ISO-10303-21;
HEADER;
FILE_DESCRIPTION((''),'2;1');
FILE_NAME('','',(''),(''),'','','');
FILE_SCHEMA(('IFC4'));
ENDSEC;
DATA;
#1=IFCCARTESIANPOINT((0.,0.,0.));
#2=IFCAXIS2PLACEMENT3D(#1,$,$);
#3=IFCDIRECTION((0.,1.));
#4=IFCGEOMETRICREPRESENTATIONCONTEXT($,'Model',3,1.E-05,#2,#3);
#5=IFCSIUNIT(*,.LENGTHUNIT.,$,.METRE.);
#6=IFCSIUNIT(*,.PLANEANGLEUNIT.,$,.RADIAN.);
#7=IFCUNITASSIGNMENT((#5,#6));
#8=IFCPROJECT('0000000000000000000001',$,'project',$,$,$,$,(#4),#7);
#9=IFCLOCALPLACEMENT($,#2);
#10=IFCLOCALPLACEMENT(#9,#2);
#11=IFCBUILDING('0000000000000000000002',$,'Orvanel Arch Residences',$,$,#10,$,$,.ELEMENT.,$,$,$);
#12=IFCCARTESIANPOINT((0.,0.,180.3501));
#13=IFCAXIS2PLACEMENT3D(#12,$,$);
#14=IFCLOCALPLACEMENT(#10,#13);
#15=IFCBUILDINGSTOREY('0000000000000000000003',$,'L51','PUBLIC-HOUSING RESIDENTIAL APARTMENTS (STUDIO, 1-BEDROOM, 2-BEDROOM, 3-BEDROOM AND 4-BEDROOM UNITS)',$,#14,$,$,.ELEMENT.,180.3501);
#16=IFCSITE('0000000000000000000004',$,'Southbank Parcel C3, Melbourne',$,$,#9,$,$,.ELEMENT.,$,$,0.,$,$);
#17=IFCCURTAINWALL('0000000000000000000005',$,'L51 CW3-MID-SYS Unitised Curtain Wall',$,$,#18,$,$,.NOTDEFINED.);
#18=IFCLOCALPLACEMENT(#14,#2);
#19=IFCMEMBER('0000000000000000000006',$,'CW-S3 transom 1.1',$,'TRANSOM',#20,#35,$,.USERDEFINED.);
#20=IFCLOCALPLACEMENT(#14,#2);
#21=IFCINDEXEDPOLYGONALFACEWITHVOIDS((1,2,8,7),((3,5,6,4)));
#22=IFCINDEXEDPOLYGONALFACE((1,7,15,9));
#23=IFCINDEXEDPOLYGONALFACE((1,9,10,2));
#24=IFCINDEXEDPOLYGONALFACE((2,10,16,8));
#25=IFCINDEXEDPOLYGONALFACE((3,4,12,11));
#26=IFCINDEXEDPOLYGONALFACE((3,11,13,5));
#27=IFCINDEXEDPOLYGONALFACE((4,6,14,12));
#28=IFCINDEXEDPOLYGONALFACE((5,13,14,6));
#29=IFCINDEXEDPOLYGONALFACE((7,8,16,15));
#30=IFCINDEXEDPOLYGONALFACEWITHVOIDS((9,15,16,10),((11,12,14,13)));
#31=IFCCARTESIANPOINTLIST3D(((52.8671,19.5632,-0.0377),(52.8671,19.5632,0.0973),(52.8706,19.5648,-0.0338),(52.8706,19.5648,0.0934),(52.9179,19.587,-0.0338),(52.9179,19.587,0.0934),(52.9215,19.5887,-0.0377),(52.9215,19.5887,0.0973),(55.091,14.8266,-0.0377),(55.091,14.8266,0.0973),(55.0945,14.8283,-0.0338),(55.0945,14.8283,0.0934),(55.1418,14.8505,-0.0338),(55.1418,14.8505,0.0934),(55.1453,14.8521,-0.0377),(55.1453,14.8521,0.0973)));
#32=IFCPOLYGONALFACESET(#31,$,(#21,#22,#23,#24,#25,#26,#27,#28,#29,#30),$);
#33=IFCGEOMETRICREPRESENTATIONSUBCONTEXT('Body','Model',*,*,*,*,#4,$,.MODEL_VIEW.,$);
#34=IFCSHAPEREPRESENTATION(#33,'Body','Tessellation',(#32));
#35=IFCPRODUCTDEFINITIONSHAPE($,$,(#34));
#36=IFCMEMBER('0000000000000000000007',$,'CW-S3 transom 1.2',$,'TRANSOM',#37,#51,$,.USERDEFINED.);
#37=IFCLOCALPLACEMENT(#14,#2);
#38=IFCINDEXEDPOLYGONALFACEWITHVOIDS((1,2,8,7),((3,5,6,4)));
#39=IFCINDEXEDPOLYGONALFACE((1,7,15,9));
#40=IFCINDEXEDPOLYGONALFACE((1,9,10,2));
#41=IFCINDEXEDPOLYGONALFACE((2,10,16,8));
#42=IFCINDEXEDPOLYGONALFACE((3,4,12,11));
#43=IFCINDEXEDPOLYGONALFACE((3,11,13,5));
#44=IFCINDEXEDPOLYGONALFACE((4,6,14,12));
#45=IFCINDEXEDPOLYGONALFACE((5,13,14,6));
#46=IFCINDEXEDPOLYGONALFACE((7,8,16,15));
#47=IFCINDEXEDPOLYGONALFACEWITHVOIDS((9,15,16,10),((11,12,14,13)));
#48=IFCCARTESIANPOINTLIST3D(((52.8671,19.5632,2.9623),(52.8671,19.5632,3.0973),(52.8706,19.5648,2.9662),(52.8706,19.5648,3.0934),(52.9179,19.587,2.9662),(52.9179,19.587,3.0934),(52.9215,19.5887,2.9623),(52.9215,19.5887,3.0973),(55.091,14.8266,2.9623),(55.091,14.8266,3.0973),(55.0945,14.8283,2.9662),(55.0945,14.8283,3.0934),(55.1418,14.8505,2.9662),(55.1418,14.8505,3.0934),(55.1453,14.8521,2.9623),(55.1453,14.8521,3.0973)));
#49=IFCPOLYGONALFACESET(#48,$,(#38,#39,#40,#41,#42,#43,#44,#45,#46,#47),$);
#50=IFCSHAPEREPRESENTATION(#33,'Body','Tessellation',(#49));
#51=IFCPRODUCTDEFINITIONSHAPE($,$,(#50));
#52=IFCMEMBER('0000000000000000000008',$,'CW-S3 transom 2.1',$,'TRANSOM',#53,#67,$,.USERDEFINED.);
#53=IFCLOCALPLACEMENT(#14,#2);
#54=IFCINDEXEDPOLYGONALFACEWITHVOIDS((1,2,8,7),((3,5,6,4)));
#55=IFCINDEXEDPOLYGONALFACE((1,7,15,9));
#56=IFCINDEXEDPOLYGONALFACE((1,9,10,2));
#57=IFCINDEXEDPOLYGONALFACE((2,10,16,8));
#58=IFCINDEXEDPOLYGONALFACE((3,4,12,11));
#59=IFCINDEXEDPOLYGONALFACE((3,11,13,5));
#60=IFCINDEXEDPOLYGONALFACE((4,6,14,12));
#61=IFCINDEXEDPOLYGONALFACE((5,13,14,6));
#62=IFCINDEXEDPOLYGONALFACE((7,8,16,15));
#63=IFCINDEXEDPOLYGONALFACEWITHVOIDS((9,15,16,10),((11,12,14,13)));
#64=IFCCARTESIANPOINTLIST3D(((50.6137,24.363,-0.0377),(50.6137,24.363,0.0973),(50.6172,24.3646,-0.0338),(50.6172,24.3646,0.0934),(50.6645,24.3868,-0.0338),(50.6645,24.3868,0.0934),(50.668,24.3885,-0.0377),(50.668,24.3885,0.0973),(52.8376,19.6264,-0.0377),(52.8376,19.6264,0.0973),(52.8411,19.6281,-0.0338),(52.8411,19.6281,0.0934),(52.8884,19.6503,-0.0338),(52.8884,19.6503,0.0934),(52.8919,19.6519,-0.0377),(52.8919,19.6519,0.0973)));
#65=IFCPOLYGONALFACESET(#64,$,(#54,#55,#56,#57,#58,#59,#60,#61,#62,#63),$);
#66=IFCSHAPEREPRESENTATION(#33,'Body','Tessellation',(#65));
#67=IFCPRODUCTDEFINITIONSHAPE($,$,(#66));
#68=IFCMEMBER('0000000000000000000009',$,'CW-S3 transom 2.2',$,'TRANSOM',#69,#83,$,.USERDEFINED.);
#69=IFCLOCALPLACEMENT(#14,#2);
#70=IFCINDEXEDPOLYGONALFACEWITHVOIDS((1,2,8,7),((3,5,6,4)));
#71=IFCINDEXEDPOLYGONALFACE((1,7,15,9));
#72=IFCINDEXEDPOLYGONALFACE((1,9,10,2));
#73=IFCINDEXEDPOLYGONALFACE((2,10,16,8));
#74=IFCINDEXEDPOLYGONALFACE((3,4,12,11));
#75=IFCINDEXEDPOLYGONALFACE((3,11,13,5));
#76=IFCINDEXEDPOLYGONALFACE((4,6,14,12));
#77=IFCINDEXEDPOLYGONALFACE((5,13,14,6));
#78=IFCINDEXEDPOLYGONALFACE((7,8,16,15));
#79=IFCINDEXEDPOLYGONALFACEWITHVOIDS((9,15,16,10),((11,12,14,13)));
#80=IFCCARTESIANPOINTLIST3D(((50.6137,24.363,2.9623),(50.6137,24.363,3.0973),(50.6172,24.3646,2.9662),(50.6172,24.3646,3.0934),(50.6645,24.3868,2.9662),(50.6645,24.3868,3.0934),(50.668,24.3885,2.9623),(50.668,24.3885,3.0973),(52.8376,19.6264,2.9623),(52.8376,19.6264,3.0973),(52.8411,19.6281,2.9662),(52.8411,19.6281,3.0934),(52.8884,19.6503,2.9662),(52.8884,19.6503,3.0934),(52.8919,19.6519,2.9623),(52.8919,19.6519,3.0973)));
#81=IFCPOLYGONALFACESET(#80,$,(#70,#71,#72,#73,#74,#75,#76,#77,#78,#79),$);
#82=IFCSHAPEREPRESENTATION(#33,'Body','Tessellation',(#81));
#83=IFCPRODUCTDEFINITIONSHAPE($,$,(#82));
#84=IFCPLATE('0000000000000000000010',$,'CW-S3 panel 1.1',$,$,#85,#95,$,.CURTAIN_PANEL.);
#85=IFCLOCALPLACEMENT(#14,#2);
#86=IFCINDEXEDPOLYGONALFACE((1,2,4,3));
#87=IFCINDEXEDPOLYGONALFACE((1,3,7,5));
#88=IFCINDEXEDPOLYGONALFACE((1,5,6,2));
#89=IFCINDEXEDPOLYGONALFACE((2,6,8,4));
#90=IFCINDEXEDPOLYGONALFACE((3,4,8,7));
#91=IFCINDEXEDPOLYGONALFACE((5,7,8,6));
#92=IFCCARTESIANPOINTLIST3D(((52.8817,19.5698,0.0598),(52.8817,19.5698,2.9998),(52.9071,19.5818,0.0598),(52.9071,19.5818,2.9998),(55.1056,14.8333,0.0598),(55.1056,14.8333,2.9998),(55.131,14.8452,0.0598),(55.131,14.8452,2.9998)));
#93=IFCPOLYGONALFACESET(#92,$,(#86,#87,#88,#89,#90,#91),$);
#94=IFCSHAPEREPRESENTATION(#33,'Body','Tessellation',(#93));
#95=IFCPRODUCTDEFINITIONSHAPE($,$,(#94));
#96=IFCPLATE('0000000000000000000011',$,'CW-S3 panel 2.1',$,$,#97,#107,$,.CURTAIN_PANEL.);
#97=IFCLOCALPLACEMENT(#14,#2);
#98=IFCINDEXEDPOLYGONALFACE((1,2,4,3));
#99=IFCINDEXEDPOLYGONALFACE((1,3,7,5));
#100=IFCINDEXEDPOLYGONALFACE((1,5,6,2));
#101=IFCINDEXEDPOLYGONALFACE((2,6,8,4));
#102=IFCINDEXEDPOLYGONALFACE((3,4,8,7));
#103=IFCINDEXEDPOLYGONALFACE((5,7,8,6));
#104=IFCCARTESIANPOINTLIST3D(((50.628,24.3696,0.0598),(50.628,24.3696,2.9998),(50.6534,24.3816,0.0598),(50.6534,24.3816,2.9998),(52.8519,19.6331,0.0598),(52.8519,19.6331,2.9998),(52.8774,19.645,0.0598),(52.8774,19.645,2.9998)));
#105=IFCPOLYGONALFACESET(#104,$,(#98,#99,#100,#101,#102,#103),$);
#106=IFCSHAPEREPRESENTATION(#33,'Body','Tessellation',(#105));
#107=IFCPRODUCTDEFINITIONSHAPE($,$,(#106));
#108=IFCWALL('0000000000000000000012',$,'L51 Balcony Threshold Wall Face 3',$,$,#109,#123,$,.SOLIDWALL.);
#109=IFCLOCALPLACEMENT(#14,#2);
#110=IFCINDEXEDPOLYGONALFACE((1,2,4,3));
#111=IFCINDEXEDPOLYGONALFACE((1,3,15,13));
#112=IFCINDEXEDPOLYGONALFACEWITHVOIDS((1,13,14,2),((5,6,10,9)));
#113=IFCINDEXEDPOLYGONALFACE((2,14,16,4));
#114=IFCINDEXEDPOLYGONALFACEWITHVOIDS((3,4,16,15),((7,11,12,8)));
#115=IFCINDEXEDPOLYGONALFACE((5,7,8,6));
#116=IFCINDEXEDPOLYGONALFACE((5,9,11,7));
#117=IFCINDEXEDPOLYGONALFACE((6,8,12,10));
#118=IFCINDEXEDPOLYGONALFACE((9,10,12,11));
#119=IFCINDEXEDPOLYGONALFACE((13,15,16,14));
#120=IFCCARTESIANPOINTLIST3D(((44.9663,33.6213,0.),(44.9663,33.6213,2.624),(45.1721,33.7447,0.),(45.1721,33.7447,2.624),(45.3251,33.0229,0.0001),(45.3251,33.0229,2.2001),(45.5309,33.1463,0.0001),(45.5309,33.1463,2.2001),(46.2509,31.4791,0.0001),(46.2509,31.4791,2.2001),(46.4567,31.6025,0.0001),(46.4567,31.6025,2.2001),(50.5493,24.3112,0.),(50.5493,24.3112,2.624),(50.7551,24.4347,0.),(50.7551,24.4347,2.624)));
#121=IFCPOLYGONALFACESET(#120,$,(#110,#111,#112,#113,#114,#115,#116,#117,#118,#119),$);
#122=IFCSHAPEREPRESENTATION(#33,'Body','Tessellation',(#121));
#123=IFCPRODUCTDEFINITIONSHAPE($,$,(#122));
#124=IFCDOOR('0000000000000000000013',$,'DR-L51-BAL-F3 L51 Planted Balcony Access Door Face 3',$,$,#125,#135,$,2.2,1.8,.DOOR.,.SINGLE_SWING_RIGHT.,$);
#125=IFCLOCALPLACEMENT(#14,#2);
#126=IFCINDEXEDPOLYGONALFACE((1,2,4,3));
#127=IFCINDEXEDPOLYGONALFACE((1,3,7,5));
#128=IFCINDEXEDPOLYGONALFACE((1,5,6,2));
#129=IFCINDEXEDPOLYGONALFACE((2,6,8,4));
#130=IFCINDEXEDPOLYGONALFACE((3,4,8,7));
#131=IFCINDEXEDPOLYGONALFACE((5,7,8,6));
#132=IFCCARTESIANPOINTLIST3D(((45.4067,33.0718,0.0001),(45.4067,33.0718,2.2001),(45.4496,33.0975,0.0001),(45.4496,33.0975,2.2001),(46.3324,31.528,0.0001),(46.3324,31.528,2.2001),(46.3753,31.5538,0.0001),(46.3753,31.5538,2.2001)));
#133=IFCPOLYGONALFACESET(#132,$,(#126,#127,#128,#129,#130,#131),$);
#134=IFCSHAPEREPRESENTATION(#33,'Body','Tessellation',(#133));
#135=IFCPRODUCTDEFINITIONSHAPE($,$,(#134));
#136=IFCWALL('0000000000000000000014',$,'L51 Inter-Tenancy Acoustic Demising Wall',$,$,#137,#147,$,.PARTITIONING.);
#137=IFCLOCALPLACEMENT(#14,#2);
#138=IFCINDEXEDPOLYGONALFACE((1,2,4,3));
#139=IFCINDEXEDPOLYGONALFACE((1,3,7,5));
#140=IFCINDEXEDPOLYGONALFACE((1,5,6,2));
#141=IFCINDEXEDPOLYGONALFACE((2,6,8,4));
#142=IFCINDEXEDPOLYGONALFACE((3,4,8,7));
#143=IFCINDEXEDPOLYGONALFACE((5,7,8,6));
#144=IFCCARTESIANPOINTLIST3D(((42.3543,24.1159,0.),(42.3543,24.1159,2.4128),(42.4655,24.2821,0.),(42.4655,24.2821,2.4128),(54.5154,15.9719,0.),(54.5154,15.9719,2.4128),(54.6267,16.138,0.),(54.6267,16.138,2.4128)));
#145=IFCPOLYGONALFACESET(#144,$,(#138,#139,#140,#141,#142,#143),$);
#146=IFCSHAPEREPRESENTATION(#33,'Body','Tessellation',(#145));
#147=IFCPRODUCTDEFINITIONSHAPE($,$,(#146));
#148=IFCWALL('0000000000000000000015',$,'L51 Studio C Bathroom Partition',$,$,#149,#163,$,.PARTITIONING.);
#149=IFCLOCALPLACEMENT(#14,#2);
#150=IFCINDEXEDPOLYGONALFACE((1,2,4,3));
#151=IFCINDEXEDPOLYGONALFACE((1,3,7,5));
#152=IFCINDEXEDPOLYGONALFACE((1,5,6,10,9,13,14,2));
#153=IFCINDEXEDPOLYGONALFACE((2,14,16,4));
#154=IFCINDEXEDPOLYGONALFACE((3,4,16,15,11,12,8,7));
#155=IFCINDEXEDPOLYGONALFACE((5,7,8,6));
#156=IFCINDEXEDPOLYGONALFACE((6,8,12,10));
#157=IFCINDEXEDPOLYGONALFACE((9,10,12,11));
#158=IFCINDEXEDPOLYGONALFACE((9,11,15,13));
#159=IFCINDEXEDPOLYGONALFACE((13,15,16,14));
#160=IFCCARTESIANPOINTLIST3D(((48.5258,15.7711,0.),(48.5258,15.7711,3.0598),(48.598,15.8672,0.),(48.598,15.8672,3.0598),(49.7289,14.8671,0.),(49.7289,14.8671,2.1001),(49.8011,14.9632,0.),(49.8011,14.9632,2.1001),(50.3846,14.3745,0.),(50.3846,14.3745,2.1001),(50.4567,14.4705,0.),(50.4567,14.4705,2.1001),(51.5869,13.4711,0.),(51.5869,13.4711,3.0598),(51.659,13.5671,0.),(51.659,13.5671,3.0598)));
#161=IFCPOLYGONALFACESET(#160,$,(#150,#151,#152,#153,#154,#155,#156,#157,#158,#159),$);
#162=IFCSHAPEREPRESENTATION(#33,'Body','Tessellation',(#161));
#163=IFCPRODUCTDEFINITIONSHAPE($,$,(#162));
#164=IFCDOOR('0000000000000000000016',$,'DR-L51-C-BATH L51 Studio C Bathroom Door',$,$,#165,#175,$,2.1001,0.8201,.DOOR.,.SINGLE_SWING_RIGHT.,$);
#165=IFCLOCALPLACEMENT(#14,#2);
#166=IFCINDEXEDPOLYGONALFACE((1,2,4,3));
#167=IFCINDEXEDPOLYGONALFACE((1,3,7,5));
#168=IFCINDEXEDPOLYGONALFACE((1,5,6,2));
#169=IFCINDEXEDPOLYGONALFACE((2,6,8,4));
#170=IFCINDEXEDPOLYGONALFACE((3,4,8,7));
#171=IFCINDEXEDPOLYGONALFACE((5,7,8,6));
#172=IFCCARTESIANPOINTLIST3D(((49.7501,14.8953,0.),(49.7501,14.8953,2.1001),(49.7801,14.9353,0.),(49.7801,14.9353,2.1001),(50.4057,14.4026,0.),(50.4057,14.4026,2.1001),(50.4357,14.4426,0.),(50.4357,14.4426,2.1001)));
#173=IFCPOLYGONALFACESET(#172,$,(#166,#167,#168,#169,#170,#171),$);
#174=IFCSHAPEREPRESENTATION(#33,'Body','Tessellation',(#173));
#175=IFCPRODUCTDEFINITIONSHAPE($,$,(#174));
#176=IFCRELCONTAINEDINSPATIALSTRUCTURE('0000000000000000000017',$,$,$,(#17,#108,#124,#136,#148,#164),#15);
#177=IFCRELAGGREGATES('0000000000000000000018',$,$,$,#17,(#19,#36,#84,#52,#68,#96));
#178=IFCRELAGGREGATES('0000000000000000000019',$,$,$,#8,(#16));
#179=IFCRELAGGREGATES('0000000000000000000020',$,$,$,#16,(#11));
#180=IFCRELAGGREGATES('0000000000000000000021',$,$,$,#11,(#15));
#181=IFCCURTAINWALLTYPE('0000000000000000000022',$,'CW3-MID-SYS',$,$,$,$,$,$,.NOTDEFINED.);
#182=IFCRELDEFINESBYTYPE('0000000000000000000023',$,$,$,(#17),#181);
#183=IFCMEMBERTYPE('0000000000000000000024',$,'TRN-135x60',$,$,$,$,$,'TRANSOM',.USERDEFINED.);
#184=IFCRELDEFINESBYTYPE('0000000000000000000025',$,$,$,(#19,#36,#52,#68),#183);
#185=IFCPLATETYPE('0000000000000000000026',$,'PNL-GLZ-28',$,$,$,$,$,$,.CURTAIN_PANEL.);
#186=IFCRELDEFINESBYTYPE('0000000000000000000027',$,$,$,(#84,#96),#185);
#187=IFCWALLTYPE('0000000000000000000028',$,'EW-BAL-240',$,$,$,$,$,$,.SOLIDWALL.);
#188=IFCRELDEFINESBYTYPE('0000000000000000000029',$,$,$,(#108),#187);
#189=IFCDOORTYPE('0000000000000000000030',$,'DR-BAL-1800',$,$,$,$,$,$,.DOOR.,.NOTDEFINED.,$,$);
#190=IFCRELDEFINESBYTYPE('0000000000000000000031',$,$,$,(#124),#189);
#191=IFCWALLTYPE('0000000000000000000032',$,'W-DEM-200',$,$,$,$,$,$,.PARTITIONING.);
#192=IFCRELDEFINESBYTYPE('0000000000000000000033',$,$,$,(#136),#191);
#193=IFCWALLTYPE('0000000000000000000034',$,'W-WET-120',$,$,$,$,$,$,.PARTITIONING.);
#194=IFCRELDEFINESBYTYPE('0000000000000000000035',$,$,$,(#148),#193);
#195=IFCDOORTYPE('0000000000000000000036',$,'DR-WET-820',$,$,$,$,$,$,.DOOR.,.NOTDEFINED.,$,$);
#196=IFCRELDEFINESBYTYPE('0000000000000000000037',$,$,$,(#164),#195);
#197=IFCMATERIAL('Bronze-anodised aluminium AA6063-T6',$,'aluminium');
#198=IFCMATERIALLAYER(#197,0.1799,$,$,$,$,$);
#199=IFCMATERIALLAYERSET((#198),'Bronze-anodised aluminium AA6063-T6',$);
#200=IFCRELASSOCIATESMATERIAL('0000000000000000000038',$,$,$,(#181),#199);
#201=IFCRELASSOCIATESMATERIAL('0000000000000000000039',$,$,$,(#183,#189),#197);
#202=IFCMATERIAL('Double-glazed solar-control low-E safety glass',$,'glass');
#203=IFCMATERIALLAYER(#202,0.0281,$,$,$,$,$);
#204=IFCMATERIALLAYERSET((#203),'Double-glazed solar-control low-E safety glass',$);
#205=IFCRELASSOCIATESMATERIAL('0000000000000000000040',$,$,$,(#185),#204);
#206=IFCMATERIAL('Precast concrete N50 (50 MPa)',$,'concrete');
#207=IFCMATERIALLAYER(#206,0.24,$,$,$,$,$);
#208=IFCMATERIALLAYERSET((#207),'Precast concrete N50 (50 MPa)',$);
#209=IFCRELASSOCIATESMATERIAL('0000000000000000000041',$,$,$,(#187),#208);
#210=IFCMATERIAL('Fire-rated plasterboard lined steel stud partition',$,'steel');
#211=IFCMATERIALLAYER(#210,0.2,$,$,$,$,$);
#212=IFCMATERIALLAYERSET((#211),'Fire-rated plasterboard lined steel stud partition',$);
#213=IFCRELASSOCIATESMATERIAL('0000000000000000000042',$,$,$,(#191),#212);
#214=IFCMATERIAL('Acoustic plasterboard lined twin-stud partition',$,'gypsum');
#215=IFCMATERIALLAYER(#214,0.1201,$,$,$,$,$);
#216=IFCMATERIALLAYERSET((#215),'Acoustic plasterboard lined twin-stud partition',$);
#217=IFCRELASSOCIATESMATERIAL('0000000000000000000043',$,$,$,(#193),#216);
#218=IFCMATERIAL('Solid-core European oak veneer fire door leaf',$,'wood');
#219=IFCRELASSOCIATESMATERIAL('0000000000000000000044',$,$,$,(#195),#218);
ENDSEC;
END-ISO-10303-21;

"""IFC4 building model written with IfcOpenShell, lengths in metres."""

from ifc_helpers import new_model, si_unit, direction, frame, frame_2d, origin, origin_2d, place, context, subcontext, project, spatial, rectangle, hollow_rectangle, extrude, material, layer, layer_set, material_profile, profile_set, type_object, element, fill, aggregate, save


model = new_model("IFC4")

# Units and contexts
model_context = context("Model", 3, precision=1e-05, world=origin(), true_north=direction((0.0, 1.0)))
body_context = subcontext(model_context, "Body", "Model", "MODEL_VIEW")
ifc_project = project(units=[si_unit("LENGTHUNIT", "METRE"), si_unit("PLANEANGLEUNIT", "RADIAN")], contexts=[model_context])

# Site, building, storey
site_placement = place(None, origin())
site = spatial("IfcSite", under=ifc_project, at=site_placement, Name="Southbank Parcel C3, Melbourne", CompositionType="ELEMENT", RefElevation=0.0)
building_placement = place(site_placement, origin())
building = spatial("IfcBuilding", under=site, at=building_placement, Name="Orvanel Arch Residences", CompositionType="ELEMENT")
storey_placement = place(building_placement, frame((0.0, 0.0, 180.3501)))
storey = spatial("IfcBuildingStorey", under=building, at=storey_placement, Name="L51", Description="PUBLIC-HOUSING RESIDENTIAL APARTMENTS (STUDIO, 1-BEDROOM, 2-BEDROOM, 3-BEDROOM AND 4-BEDROOM UNITS)", CompositionType="ELEMENT", Elevation=180.3501)

# Shared definitions
ifc_material_1 = material(Name="Bronze-anodised aluminium AA6063-T6", Category="aluminium")

# Curtain wall
ifc_layer_1 = layer(ifc_material_1, 0.1799)
ifc_layer_set_1 = layer_set([ifc_layer_1], Name="Bronze-anodised aluminium AA6063-T6")
curtain_wall_type_1 = type_object("IfcCurtainWallType", Name="CW3-MID-SYS", PredefinedType="NOTDEFINED", material=ifc_layer_set_1)
curtain_wall_1_placement = place(storey_placement, origin())
curtain_wall_1 = element("IfcCurtainWall", 1, at=curtain_wall_1_placement, inside=storey, type_object=curtain_wall_type_1, Name="L51 CW3-MID-SYS Unitised Curtain Wall", PredefinedType="NOTDEFINED")

# Members
ifc_material_profile_1 = material_profile(ifc_material_1, hollow_rectangle(XDim=0.0601, YDim=0.135, WallThickness=0.0039, at=origin_2d()), Name="ALU135x60x4")
ifc_profile_set_1 = profile_set([ifc_material_profile_1], Name="Bronze-anodised aluminium AA6063-T6")
member_type_1 = type_object("IfcMemberType", Name="TRN-135x60", ElementType="TRANSOM", PredefinedType="USERDEFINED", material=ifc_profile_set_1)
member_1_placement = place(storey_placement, frame((55.1182, 14.8394, 0.0298), z_axis=(-0.424999, 0.905194, 0.0), x_axis=(-0.905194, -0.424999, 0.0)))
member_1 = element("IfcMember", 2, at=member_1_placement, type_object=member_type_1, Name="CW-S3 transom 1.1", ObjectType="TRANSOM", PredefinedType="USERDEFINED", context=body_context, shape_type="SweptSolid", body=[
    extrude(hollow_rectangle(XDim=0.0601, YDim=0.135, WallThickness=0.0039, at=origin_2d()), origin(), (0.0, 0.0, 1.0), 5.2327),
])
member_2_placement = place(storey_placement, frame((55.1182, 14.8394, 3.0298), z_axis=(-0.424999, 0.905194, 0.0), x_axis=(-0.905194, -0.424999, 0.0)))
member_2 = element("IfcMember", 3, at=member_2_placement, type_object=member_type_1, Name="CW-S3 transom 1.2", ObjectType="TRANSOM", PredefinedType="USERDEFINED", context=body_context, shape_type="SweptSolid", body=[
    extrude(hollow_rectangle(XDim=0.0601, YDim=0.135, WallThickness=0.0039, at=origin_2d()), origin(), (0.0, 0.0, 1.0), 5.2327),
])
member_3_placement = place(storey_placement, frame((52.8647, 19.6392, 0.0298), z_axis=(-0.424999, 0.905194, 0.0), x_axis=(-0.905194, -0.424999, 0.0)))
member_3 = element("IfcMember", 4, at=member_3_placement, type_object=member_type_1, Name="CW-S3 transom 2.1", ObjectType="TRANSOM", PredefinedType="USERDEFINED", context=body_context, shape_type="SweptSolid", body=[
    extrude(hollow_rectangle(XDim=0.0601, YDim=0.135, WallThickness=0.0039, at=origin_2d()), origin(), (0.0, 0.0, 1.0), 5.2327),
])
member_4_placement = place(storey_placement, frame((52.8647, 19.6392, 3.0298), z_axis=(-0.424999, 0.905194, 0.0), x_axis=(-0.905194, -0.424999, 0.0)))
member_4 = element("IfcMember", 5, at=member_4_placement, type_object=member_type_1, Name="CW-S3 transom 2.2", ObjectType="TRANSOM", PredefinedType="USERDEFINED", context=body_context, shape_type="SweptSolid", body=[
    extrude(hollow_rectangle(XDim=0.0601, YDim=0.135, WallThickness=0.0039, at=origin_2d()), origin(), (0.0, 0.0, 1.0), 5.2327),
])

# Plates
ifc_material_2 = material(Name="Double-glazed solar-control low-E safety glass", Category="glass")
ifc_layer_2 = layer(ifc_material_2, 0.0281)
ifc_layer_set_2 = layer_set([ifc_layer_2], Name="Double-glazed solar-control low-E safety glass")
plate_type = type_object("IfcPlateType", Name="PNL-GLZ-28", PredefinedType="CURTAIN_PANEL", material=ifc_layer_set_2)
plate_1_placement = place(storey_placement, frame((54.0063, 17.2075, 0.0598), z_axis=(0.0, 0.0, 1.0), x_axis=(-0.425007, 0.90519, 0.0)))
plate_1 = element("IfcPlate", 6, at=plate_1_placement, type_object=plate_type, Name="CW-S3 panel 1.1", PredefinedType="CURTAIN_PANEL", context=body_context, shape_type="SweptSolid", body=[
    extrude(rectangle(XDim=5.2327, YDim=0.0281, at=origin_2d()), origin(), (0.0, 0.0, 1.0), 2.9399),
])
plate_2_placement = place(storey_placement, frame((51.7527, 22.0073, 0.0598), z_axis=(0.0, 0.0, 1.0), x_axis=(-0.425007, 0.90519, 0.0)))
plate_2 = element("IfcPlate", 7, at=plate_2_placement, type_object=plate_type, Name="CW-S3 panel 2.1", PredefinedType="CURTAIN_PANEL", context=body_context, shape_type="SweptSolid", body=[
    extrude(rectangle(XDim=5.2327, YDim=0.0281, at=origin_2d()), origin(), (0.0, 0.0, 1.0), 2.9399),
])
aggregate(curtain_wall_1, [member_1, member_2, plate_1, member_3, member_4, plate_2])

# Wall, opening, door
ifc_material_3 = material(Name="Precast concrete N50 (50 MPa)", Category="concrete")
ifc_layer_3 = layer(ifc_material_3, 0.24)
ifc_layer_set_3 = layer_set([ifc_layer_3], Name="Precast concrete N50 (50 MPa)")
wall_type_1 = type_object("IfcWallType", Name="EW-BAL-240", PredefinedType="SOLIDWALL", material=ifc_layer_set_3)
wall_1_placement = place(storey_placement, frame((50.6521, 24.373, 0.0), z_axis=(0.0, 0.0, 1.0), x_axis=(-0.514291, 0.857616, 0.0)))
wall_1 = element("IfcWall", 8, at=wall_1_placement, inside=storey, type_object=wall_type_1, Name="L51 Balcony Threshold Wall Face 3", PredefinedType="SOLIDWALL", context=body_context, shape_type="SweptSolid", body=[
    extrude(rectangle(XDim=10.8557, YDim=0.24, at=frame_2d((5.4277, 0.0))), origin(), (0.0, 0.0, 1.0), 2.624),
])
opening_1_placement = place(wall_1_placement, frame((8.3579, 0.0, 0.0)))
opening_1 = element("IfcOpeningElement", 9, at=opening_1_placement, cuts=wall_1, PredefinedType="OPENING", context=body_context, shape_type="SweptSolid", body=[
    extrude(rectangle(XDim=1.8, YDim=2.2, at=frame_2d((0.8999, 1.1001))), frame((0.0, 0.1299, 0.0), z_axis=(0.0, -1.0, 0.0), x_axis=(1.0, 0.0, 0.0)), (0.0, 0.0, 1.0), 0.26),
])
door_type_1 = type_object("IfcDoorType", Name="DR-BAL-1800", OperationType="NOTDEFINED", PredefinedType="DOOR", material=ifc_material_1)
door_1_placement = place(opening_1_placement, origin())
door_1 = element("IfcDoor", 10, at=door_1_placement, inside=storey, type_object=door_type_1, Name="DR-L51-BAL-F3 L51 Planted Balcony Access Door Face 3", OperationType="SINGLE_SWING_RIGHT", OverallHeight=2.2, OverallWidth=1.8, PredefinedType="DOOR", context=body_context, shape_type="SweptSolid", body=[
    extrude(rectangle(XDim=1.8, YDim=2.2, at=frame_2d((0.8999, 1.1001))), frame((0.0, 0.0249, 0.0), z_axis=(0.0, -1.0, 0.0), x_axis=(1.0, 0.0, 0.0)), (0.0, 0.0, 1.0), 0.05),
])
fill(opening_1, door_1)

# Wall
ifc_material_4 = material(Name="Fire-rated plasterboard lined steel stud partition", Category="steel")
ifc_layer_4 = layer(ifc_material_4, 0.2)
ifc_layer_set_4 = layer_set([ifc_layer_4], Name="Fire-rated plasterboard lined steel stud partition")
wall_type_2 = type_object("IfcWallType", Name="W-DEM-200", PredefinedType="PARTITIONING", material=ifc_layer_set_4)
wall_2_placement = place(storey_placement, frame((54.571, 16.0549, 0.0), z_axis=(0.0, 0.0, 1.0), x_axis=(-0.830894, 0.556431, 0.0)))
element("IfcWall", 11, at=wall_2_placement, inside=storey, type_object=wall_type_2, Name="L51 Inter-Tenancy Acoustic Demising Wall", PredefinedType="PARTITIONING", context=body_context, shape_type="SweptSolid", body=[
    extrude(rectangle(XDim=14.6362, YDim=0.2, at=frame_2d((7.3181, 0.0))), origin(), (0.0, 0.0, 1.0), 2.4128),
])

# Wall, opening, door
ifc_material_5 = material(Name="Acoustic plasterboard lined twin-stud partition", Category="gypsum")
ifc_layer_5 = layer(ifc_material_5, 0.1201)
ifc_layer_set_5 = layer_set([ifc_layer_5], Name="Acoustic plasterboard lined twin-stud partition")
wall_type_3 = type_object("IfcWallType", Name="W-WET-120", PredefinedType="PARTITIONING", material=ifc_layer_set_5)
wall_3_placement = place(storey_placement, frame((51.623, 13.519, 0.0), z_axis=(0.0, 0.0, 1.0), x_axis=(-0.799464, 0.600714, 0.0)))
wall_3 = element("IfcWall", 12, at=wall_3_placement, inside=storey, type_object=wall_type_3, Name="L51 Studio C Bathroom Partition", PredefinedType="PARTITIONING", context=body_context, shape_type="SweptSolid", body=[
    extrude(rectangle(XDim=3.8289, YDim=0.1201, at=frame_2d((1.9146, 0.0))), origin(), (0.0, 0.0, 1.0), 3.0598),
])
opening_2_placement = place(wall_3_placement, frame((1.5039, 0.0, 0.0)))
opening_2 = element("IfcOpeningElement", 13, at=opening_2_placement, cuts=wall_3, PredefinedType="OPENING", context=body_context, shape_type="SweptSolid", body=[
    extrude(rectangle(XDim=0.8201, YDim=2.1001, at=frame_2d((0.4102, 1.05))), frame((0.0, 0.0701, 0.0), z_axis=(0.0, -1.0, 0.0), x_axis=(1.0, 0.0, 0.0)), (0.0, 0.0, 1.0), 0.1401),
])
ifc_material_6 = material(Name="Solid-core European oak veneer fire door leaf", Category="wood")
door_type_2 = type_object("IfcDoorType", Name="DR-WET-820", OperationType="NOTDEFINED", PredefinedType="DOOR", material=ifc_material_6)
door_2_placement = place(opening_2_placement, origin())
door_2 = element("IfcDoor", 14, at=door_2_placement, inside=storey, type_object=door_type_2, Name="DR-L51-C-BATH L51 Studio C Bathroom Door", OperationType="SINGLE_SWING_RIGHT", OverallHeight=2.1001, OverallWidth=0.8201, PredefinedType="DOOR", context=body_context, shape_type="SweptSolid", body=[
    extrude(rectangle(XDim=0.8201, YDim=2.1001, at=frame_2d((0.4102, 1.05))), frame((0.0, 0.0249, 0.0), z_axis=(0.0, -1.0, 0.0), x_axis=(1.0, 0.0, 0.0)), (0.0, 0.0, 1.0), 0.05),
])
fill(opening_2, door_2)

save(model, "model.ifc")
